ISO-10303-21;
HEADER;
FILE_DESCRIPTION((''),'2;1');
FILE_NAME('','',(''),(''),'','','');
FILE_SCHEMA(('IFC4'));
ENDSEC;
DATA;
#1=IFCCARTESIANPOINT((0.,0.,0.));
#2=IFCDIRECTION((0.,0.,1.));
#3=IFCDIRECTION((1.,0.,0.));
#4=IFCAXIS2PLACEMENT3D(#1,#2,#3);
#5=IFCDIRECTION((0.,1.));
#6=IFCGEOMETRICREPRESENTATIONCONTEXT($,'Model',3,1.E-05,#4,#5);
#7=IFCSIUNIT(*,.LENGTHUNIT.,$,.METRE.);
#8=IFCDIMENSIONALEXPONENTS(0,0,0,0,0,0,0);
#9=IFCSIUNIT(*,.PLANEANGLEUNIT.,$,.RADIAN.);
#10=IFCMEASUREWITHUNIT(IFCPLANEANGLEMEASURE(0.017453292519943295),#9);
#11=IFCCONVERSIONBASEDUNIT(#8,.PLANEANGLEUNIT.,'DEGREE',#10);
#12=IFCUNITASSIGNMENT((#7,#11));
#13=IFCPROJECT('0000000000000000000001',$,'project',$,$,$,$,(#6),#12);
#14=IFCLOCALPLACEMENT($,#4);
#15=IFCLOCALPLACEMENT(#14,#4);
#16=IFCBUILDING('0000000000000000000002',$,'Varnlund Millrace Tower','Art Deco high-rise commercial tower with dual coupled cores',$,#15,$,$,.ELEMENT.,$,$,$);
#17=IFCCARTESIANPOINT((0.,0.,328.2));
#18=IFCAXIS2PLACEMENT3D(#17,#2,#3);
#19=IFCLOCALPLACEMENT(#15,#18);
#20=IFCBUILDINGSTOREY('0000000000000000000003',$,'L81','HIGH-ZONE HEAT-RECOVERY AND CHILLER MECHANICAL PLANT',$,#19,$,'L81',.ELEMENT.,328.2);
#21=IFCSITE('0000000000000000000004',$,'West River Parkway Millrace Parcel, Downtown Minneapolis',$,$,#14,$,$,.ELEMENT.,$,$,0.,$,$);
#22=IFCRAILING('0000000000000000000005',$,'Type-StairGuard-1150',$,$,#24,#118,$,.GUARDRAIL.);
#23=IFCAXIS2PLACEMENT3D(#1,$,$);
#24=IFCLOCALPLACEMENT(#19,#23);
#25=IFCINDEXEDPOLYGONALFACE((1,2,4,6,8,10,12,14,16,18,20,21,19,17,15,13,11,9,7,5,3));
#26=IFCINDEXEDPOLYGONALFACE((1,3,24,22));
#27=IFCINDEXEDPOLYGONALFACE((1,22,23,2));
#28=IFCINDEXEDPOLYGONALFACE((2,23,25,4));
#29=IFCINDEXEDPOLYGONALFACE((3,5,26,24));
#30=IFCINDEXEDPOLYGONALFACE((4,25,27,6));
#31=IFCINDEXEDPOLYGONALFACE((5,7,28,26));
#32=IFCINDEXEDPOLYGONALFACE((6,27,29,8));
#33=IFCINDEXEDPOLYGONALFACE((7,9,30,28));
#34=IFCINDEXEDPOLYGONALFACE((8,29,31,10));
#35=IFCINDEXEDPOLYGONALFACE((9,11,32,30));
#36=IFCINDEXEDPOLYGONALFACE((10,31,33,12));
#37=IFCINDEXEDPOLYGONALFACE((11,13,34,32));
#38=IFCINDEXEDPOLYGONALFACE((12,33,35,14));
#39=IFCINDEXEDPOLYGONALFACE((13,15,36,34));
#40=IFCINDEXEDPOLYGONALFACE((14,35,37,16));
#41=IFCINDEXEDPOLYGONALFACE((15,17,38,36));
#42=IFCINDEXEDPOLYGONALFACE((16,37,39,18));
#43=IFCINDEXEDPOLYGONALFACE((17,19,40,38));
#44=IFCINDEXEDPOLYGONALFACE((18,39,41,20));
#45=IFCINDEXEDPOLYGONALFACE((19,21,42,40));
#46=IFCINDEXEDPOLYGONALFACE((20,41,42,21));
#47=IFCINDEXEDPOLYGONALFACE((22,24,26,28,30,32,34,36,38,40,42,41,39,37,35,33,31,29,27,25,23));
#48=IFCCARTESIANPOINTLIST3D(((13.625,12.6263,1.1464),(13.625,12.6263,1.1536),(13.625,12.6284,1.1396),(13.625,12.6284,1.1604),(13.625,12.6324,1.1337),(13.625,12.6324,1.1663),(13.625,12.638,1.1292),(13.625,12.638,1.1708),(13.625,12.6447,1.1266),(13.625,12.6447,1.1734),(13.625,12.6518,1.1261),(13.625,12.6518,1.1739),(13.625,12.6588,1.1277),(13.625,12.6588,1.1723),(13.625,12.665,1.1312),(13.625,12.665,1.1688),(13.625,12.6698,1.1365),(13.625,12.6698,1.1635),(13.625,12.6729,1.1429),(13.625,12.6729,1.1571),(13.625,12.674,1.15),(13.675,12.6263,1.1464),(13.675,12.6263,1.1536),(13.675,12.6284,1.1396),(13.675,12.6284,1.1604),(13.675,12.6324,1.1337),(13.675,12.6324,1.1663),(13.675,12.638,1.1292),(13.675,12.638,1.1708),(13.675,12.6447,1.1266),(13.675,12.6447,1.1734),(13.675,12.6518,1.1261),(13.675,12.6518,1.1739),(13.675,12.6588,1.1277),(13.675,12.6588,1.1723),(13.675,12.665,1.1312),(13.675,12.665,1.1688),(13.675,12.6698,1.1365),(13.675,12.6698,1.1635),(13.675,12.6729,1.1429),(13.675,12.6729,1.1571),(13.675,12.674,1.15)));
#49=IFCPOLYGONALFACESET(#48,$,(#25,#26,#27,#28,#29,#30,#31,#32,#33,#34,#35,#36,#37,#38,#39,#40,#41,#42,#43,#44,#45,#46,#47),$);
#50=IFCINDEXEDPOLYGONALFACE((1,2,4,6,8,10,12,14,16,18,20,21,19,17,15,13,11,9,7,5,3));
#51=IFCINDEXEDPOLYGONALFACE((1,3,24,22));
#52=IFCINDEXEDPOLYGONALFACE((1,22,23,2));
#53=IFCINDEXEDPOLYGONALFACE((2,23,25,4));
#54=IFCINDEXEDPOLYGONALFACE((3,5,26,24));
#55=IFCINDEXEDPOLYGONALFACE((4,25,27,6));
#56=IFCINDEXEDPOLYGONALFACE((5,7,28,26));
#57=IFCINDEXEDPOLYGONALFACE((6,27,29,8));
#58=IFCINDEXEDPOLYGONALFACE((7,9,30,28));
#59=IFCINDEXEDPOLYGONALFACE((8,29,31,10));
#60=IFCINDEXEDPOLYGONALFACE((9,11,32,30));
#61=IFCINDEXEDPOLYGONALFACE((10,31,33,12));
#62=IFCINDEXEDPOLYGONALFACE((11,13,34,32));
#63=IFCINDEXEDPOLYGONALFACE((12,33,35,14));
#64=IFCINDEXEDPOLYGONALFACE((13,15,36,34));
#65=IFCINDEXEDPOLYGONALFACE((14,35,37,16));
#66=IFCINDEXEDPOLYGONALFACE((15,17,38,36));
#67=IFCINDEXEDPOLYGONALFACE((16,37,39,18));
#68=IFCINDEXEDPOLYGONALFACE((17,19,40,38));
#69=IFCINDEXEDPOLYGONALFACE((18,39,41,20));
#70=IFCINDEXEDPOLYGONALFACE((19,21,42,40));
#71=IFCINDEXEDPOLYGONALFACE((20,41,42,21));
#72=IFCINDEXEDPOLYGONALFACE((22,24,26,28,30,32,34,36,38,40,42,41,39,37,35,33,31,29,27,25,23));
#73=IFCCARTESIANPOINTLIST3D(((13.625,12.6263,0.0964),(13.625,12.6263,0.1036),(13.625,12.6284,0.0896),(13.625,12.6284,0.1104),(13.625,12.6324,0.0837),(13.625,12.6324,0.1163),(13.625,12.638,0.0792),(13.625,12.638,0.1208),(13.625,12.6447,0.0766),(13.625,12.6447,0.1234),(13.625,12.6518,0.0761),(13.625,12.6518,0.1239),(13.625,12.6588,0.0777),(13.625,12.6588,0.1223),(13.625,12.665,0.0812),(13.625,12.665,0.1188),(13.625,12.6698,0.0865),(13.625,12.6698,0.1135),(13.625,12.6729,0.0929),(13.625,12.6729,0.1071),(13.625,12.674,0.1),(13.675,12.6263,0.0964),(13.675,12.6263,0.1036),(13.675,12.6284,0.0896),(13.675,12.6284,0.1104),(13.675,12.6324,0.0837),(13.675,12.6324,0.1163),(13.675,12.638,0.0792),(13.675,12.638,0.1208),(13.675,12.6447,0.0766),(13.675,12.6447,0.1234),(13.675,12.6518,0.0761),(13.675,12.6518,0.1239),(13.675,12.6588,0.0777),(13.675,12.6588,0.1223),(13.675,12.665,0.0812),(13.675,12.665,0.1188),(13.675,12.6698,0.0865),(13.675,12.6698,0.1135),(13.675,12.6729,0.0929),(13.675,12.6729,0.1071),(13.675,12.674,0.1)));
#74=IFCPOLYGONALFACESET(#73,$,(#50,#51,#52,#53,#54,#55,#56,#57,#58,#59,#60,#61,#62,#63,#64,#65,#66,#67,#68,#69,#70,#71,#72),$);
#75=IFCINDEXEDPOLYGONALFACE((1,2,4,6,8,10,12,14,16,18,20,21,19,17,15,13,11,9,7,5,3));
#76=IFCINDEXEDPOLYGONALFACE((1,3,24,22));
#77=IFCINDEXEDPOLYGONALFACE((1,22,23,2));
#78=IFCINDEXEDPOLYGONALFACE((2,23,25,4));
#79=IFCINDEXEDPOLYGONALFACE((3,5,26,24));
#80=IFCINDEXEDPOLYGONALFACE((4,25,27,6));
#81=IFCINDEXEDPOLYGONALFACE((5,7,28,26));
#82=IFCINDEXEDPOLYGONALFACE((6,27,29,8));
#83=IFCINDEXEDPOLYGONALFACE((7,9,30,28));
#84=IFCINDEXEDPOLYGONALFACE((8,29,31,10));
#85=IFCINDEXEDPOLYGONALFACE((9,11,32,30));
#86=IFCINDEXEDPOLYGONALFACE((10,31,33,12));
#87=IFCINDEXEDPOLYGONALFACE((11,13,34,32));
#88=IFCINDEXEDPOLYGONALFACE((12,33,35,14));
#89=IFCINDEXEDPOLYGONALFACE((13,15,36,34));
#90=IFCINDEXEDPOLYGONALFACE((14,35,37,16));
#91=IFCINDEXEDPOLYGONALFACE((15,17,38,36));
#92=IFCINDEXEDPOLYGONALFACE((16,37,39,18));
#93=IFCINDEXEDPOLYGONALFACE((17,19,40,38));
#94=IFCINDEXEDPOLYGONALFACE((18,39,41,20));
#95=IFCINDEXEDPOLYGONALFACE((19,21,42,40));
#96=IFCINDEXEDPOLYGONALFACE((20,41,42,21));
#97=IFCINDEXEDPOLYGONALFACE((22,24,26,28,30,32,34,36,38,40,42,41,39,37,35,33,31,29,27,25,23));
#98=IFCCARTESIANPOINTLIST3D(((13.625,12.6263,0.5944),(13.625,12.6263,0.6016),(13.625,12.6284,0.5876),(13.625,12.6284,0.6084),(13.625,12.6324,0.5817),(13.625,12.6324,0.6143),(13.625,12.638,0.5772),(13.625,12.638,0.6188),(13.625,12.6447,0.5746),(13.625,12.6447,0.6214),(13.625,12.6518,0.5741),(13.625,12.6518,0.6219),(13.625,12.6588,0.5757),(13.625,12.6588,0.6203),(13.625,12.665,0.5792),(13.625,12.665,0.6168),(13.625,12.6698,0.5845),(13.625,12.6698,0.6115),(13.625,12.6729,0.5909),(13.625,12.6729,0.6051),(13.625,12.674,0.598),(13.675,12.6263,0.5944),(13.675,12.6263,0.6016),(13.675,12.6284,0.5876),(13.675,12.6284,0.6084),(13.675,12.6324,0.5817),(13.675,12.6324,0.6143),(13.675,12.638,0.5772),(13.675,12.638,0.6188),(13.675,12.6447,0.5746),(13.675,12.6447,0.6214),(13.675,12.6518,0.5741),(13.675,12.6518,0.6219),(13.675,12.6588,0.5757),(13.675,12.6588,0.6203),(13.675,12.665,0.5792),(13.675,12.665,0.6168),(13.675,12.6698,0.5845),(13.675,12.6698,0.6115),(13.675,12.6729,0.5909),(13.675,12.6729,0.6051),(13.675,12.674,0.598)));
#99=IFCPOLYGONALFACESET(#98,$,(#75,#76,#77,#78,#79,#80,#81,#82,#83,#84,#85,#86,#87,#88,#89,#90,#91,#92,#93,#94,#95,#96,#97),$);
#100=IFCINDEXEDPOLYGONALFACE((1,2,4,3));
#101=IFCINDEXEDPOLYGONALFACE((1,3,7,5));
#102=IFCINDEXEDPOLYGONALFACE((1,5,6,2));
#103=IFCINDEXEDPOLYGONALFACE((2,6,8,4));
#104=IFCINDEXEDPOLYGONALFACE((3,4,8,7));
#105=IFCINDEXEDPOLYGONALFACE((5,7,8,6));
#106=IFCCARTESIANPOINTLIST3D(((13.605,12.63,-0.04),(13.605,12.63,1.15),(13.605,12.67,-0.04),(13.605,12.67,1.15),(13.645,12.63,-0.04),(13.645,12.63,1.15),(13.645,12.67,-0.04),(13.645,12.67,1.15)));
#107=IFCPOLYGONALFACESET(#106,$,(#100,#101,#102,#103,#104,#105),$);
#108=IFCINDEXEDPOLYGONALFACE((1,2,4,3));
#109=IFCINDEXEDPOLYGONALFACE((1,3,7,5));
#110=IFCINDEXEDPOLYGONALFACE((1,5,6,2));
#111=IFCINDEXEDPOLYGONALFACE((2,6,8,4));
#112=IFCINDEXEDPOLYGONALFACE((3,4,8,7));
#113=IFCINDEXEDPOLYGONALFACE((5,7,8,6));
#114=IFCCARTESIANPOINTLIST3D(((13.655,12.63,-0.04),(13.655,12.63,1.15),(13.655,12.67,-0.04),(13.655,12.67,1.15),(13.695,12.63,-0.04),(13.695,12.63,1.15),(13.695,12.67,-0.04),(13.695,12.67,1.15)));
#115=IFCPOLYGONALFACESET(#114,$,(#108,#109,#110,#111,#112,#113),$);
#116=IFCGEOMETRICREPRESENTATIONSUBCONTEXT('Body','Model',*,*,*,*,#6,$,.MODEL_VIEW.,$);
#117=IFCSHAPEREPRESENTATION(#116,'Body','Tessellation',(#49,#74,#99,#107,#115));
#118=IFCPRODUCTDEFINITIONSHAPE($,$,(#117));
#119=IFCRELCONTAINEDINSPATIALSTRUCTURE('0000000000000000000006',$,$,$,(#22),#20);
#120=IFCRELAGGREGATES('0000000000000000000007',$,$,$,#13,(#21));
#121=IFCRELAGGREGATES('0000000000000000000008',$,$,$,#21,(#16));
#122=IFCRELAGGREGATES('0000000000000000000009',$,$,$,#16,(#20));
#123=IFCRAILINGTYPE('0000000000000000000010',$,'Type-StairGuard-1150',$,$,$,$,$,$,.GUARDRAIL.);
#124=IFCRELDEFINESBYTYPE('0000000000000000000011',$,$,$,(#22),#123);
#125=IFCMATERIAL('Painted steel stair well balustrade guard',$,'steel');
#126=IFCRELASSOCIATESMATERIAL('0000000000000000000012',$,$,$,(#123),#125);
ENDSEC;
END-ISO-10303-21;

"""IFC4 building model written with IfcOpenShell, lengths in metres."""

from ifc_helpers import new_model, entity, si_unit, converted_unit, direction, frame, origin_with_axes, origin_2d_with_axis, place, context, subcontext, project, spatial, rectangle, circle, extrude, material, type_object, element, save


model = new_model("IFC4")

# Units and contexts
model_context = context("Model", 3, precision=1e-05, world=origin_with_axes(), true_north=direction((0.0, 1.0)))
body_context = subcontext(model_context, "Body", "Model", "MODEL_VIEW")
ifc_project = project(units=[si_unit("LENGTHUNIT", "METRE"), converted_unit("PLANEANGLEUNIT", "DEGREE", entity("IfcPlaneAngleMeasure", 0.017453292519943295), si_unit("PLANEANGLEUNIT", "RADIAN"), dimensions=[0, 0, 0, 0, 0, 0, 0])], contexts=[model_context])

# Site, building, storey
site_placement = place(None, origin_with_axes())
site = spatial("IfcSite", under=ifc_project, at=site_placement, Name="West River Parkway Millrace Parcel, Downtown Minneapolis", CompositionType="ELEMENT", RefElevation=0.0)
building_placement = place(site_placement, origin_with_axes())
building = spatial("IfcBuilding", under=site, at=building_placement, Name="Varnlund Millrace Tower", Description="Art Deco high-rise commercial tower with dual coupled cores", CompositionType="ELEMENT")
storey_placement = place(building_placement, frame((0.0, 0.0, 328.2), z_axis=(0.0, 0.0, 1.0), x_axis=(1.0, 0.0, 0.0)))
storey = spatial("IfcBuildingStorey", under=building, at=storey_placement, Name="L81", Description="HIGH-ZONE HEAT-RECOVERY AND CHILLER MECHANICAL PLANT", LongName="L81", CompositionType="ELEMENT", Elevation=328.2)

# Railing
ifc_material_1 = material(Name="Painted steel stair well balustrade guard", Category="steel")
railing_type_1 = type_object("IfcRailingType", Name="Type-StairGuard-1150", PredefinedType="GUARDRAIL", material=ifc_material_1)
railing_1_placement = place(storey_placement, frame((0.0, 0.0, -328.2), z_axis=(0.0, 0.0, 1.0), x_axis=(1.0, 0.0, 0.0)))
element("IfcRailing", 1, at=railing_1_placement, inside=storey, type_object=railing_type_1, Name="Type-StairGuard-1150", PredefinedType="GUARDRAIL", context=body_context, shape_type="SweptSolid", body=[
    extrude(circle(Radius=0.024, at=origin_2d_with_axis()), frame((13.625, 12.65, 329.35), z_axis=(1.0, 0.0, 0.0), x_axis=(0.0, 1.0, 0.0)), (0.0, 0.0, 1.0), 0.05),
    extrude(circle(Radius=0.024, at=origin_2d_with_axis()), frame((13.625, 12.65, 328.3), z_axis=(1.0, 0.0, 0.0), x_axis=(0.0, 1.0, 0.0)), (0.0, 0.0, 1.0), 0.05),
    extrude(circle(Radius=0.024, at=origin_2d_with_axis()), frame((13.625, 12.65, 328.798), z_axis=(1.0, 0.0, 0.0), x_axis=(0.0, 1.0, 0.0)), (0.0, 0.0, 1.0), 0.05),
    extrude(rectangle(XDim=0.04, YDim=0.04, at=origin_2d_with_axis()), frame((13.625, 12.65, 328.16), z_axis=(0.0, 0.0, 1.0), x_axis=(1.0, 0.0, 0.0)), (0.0, 0.0, 1.0), 1.19),
    extrude(rectangle(XDim=0.04, YDim=0.04, at=origin_2d_with_axis()), frame((13.675, 12.65, 328.16), z_axis=(0.0, 0.0, 1.0), x_axis=(1.0, 0.0, 0.0)), (0.0, 0.0, 1.0), 1.19),
])

save(model, "model.ifc")
